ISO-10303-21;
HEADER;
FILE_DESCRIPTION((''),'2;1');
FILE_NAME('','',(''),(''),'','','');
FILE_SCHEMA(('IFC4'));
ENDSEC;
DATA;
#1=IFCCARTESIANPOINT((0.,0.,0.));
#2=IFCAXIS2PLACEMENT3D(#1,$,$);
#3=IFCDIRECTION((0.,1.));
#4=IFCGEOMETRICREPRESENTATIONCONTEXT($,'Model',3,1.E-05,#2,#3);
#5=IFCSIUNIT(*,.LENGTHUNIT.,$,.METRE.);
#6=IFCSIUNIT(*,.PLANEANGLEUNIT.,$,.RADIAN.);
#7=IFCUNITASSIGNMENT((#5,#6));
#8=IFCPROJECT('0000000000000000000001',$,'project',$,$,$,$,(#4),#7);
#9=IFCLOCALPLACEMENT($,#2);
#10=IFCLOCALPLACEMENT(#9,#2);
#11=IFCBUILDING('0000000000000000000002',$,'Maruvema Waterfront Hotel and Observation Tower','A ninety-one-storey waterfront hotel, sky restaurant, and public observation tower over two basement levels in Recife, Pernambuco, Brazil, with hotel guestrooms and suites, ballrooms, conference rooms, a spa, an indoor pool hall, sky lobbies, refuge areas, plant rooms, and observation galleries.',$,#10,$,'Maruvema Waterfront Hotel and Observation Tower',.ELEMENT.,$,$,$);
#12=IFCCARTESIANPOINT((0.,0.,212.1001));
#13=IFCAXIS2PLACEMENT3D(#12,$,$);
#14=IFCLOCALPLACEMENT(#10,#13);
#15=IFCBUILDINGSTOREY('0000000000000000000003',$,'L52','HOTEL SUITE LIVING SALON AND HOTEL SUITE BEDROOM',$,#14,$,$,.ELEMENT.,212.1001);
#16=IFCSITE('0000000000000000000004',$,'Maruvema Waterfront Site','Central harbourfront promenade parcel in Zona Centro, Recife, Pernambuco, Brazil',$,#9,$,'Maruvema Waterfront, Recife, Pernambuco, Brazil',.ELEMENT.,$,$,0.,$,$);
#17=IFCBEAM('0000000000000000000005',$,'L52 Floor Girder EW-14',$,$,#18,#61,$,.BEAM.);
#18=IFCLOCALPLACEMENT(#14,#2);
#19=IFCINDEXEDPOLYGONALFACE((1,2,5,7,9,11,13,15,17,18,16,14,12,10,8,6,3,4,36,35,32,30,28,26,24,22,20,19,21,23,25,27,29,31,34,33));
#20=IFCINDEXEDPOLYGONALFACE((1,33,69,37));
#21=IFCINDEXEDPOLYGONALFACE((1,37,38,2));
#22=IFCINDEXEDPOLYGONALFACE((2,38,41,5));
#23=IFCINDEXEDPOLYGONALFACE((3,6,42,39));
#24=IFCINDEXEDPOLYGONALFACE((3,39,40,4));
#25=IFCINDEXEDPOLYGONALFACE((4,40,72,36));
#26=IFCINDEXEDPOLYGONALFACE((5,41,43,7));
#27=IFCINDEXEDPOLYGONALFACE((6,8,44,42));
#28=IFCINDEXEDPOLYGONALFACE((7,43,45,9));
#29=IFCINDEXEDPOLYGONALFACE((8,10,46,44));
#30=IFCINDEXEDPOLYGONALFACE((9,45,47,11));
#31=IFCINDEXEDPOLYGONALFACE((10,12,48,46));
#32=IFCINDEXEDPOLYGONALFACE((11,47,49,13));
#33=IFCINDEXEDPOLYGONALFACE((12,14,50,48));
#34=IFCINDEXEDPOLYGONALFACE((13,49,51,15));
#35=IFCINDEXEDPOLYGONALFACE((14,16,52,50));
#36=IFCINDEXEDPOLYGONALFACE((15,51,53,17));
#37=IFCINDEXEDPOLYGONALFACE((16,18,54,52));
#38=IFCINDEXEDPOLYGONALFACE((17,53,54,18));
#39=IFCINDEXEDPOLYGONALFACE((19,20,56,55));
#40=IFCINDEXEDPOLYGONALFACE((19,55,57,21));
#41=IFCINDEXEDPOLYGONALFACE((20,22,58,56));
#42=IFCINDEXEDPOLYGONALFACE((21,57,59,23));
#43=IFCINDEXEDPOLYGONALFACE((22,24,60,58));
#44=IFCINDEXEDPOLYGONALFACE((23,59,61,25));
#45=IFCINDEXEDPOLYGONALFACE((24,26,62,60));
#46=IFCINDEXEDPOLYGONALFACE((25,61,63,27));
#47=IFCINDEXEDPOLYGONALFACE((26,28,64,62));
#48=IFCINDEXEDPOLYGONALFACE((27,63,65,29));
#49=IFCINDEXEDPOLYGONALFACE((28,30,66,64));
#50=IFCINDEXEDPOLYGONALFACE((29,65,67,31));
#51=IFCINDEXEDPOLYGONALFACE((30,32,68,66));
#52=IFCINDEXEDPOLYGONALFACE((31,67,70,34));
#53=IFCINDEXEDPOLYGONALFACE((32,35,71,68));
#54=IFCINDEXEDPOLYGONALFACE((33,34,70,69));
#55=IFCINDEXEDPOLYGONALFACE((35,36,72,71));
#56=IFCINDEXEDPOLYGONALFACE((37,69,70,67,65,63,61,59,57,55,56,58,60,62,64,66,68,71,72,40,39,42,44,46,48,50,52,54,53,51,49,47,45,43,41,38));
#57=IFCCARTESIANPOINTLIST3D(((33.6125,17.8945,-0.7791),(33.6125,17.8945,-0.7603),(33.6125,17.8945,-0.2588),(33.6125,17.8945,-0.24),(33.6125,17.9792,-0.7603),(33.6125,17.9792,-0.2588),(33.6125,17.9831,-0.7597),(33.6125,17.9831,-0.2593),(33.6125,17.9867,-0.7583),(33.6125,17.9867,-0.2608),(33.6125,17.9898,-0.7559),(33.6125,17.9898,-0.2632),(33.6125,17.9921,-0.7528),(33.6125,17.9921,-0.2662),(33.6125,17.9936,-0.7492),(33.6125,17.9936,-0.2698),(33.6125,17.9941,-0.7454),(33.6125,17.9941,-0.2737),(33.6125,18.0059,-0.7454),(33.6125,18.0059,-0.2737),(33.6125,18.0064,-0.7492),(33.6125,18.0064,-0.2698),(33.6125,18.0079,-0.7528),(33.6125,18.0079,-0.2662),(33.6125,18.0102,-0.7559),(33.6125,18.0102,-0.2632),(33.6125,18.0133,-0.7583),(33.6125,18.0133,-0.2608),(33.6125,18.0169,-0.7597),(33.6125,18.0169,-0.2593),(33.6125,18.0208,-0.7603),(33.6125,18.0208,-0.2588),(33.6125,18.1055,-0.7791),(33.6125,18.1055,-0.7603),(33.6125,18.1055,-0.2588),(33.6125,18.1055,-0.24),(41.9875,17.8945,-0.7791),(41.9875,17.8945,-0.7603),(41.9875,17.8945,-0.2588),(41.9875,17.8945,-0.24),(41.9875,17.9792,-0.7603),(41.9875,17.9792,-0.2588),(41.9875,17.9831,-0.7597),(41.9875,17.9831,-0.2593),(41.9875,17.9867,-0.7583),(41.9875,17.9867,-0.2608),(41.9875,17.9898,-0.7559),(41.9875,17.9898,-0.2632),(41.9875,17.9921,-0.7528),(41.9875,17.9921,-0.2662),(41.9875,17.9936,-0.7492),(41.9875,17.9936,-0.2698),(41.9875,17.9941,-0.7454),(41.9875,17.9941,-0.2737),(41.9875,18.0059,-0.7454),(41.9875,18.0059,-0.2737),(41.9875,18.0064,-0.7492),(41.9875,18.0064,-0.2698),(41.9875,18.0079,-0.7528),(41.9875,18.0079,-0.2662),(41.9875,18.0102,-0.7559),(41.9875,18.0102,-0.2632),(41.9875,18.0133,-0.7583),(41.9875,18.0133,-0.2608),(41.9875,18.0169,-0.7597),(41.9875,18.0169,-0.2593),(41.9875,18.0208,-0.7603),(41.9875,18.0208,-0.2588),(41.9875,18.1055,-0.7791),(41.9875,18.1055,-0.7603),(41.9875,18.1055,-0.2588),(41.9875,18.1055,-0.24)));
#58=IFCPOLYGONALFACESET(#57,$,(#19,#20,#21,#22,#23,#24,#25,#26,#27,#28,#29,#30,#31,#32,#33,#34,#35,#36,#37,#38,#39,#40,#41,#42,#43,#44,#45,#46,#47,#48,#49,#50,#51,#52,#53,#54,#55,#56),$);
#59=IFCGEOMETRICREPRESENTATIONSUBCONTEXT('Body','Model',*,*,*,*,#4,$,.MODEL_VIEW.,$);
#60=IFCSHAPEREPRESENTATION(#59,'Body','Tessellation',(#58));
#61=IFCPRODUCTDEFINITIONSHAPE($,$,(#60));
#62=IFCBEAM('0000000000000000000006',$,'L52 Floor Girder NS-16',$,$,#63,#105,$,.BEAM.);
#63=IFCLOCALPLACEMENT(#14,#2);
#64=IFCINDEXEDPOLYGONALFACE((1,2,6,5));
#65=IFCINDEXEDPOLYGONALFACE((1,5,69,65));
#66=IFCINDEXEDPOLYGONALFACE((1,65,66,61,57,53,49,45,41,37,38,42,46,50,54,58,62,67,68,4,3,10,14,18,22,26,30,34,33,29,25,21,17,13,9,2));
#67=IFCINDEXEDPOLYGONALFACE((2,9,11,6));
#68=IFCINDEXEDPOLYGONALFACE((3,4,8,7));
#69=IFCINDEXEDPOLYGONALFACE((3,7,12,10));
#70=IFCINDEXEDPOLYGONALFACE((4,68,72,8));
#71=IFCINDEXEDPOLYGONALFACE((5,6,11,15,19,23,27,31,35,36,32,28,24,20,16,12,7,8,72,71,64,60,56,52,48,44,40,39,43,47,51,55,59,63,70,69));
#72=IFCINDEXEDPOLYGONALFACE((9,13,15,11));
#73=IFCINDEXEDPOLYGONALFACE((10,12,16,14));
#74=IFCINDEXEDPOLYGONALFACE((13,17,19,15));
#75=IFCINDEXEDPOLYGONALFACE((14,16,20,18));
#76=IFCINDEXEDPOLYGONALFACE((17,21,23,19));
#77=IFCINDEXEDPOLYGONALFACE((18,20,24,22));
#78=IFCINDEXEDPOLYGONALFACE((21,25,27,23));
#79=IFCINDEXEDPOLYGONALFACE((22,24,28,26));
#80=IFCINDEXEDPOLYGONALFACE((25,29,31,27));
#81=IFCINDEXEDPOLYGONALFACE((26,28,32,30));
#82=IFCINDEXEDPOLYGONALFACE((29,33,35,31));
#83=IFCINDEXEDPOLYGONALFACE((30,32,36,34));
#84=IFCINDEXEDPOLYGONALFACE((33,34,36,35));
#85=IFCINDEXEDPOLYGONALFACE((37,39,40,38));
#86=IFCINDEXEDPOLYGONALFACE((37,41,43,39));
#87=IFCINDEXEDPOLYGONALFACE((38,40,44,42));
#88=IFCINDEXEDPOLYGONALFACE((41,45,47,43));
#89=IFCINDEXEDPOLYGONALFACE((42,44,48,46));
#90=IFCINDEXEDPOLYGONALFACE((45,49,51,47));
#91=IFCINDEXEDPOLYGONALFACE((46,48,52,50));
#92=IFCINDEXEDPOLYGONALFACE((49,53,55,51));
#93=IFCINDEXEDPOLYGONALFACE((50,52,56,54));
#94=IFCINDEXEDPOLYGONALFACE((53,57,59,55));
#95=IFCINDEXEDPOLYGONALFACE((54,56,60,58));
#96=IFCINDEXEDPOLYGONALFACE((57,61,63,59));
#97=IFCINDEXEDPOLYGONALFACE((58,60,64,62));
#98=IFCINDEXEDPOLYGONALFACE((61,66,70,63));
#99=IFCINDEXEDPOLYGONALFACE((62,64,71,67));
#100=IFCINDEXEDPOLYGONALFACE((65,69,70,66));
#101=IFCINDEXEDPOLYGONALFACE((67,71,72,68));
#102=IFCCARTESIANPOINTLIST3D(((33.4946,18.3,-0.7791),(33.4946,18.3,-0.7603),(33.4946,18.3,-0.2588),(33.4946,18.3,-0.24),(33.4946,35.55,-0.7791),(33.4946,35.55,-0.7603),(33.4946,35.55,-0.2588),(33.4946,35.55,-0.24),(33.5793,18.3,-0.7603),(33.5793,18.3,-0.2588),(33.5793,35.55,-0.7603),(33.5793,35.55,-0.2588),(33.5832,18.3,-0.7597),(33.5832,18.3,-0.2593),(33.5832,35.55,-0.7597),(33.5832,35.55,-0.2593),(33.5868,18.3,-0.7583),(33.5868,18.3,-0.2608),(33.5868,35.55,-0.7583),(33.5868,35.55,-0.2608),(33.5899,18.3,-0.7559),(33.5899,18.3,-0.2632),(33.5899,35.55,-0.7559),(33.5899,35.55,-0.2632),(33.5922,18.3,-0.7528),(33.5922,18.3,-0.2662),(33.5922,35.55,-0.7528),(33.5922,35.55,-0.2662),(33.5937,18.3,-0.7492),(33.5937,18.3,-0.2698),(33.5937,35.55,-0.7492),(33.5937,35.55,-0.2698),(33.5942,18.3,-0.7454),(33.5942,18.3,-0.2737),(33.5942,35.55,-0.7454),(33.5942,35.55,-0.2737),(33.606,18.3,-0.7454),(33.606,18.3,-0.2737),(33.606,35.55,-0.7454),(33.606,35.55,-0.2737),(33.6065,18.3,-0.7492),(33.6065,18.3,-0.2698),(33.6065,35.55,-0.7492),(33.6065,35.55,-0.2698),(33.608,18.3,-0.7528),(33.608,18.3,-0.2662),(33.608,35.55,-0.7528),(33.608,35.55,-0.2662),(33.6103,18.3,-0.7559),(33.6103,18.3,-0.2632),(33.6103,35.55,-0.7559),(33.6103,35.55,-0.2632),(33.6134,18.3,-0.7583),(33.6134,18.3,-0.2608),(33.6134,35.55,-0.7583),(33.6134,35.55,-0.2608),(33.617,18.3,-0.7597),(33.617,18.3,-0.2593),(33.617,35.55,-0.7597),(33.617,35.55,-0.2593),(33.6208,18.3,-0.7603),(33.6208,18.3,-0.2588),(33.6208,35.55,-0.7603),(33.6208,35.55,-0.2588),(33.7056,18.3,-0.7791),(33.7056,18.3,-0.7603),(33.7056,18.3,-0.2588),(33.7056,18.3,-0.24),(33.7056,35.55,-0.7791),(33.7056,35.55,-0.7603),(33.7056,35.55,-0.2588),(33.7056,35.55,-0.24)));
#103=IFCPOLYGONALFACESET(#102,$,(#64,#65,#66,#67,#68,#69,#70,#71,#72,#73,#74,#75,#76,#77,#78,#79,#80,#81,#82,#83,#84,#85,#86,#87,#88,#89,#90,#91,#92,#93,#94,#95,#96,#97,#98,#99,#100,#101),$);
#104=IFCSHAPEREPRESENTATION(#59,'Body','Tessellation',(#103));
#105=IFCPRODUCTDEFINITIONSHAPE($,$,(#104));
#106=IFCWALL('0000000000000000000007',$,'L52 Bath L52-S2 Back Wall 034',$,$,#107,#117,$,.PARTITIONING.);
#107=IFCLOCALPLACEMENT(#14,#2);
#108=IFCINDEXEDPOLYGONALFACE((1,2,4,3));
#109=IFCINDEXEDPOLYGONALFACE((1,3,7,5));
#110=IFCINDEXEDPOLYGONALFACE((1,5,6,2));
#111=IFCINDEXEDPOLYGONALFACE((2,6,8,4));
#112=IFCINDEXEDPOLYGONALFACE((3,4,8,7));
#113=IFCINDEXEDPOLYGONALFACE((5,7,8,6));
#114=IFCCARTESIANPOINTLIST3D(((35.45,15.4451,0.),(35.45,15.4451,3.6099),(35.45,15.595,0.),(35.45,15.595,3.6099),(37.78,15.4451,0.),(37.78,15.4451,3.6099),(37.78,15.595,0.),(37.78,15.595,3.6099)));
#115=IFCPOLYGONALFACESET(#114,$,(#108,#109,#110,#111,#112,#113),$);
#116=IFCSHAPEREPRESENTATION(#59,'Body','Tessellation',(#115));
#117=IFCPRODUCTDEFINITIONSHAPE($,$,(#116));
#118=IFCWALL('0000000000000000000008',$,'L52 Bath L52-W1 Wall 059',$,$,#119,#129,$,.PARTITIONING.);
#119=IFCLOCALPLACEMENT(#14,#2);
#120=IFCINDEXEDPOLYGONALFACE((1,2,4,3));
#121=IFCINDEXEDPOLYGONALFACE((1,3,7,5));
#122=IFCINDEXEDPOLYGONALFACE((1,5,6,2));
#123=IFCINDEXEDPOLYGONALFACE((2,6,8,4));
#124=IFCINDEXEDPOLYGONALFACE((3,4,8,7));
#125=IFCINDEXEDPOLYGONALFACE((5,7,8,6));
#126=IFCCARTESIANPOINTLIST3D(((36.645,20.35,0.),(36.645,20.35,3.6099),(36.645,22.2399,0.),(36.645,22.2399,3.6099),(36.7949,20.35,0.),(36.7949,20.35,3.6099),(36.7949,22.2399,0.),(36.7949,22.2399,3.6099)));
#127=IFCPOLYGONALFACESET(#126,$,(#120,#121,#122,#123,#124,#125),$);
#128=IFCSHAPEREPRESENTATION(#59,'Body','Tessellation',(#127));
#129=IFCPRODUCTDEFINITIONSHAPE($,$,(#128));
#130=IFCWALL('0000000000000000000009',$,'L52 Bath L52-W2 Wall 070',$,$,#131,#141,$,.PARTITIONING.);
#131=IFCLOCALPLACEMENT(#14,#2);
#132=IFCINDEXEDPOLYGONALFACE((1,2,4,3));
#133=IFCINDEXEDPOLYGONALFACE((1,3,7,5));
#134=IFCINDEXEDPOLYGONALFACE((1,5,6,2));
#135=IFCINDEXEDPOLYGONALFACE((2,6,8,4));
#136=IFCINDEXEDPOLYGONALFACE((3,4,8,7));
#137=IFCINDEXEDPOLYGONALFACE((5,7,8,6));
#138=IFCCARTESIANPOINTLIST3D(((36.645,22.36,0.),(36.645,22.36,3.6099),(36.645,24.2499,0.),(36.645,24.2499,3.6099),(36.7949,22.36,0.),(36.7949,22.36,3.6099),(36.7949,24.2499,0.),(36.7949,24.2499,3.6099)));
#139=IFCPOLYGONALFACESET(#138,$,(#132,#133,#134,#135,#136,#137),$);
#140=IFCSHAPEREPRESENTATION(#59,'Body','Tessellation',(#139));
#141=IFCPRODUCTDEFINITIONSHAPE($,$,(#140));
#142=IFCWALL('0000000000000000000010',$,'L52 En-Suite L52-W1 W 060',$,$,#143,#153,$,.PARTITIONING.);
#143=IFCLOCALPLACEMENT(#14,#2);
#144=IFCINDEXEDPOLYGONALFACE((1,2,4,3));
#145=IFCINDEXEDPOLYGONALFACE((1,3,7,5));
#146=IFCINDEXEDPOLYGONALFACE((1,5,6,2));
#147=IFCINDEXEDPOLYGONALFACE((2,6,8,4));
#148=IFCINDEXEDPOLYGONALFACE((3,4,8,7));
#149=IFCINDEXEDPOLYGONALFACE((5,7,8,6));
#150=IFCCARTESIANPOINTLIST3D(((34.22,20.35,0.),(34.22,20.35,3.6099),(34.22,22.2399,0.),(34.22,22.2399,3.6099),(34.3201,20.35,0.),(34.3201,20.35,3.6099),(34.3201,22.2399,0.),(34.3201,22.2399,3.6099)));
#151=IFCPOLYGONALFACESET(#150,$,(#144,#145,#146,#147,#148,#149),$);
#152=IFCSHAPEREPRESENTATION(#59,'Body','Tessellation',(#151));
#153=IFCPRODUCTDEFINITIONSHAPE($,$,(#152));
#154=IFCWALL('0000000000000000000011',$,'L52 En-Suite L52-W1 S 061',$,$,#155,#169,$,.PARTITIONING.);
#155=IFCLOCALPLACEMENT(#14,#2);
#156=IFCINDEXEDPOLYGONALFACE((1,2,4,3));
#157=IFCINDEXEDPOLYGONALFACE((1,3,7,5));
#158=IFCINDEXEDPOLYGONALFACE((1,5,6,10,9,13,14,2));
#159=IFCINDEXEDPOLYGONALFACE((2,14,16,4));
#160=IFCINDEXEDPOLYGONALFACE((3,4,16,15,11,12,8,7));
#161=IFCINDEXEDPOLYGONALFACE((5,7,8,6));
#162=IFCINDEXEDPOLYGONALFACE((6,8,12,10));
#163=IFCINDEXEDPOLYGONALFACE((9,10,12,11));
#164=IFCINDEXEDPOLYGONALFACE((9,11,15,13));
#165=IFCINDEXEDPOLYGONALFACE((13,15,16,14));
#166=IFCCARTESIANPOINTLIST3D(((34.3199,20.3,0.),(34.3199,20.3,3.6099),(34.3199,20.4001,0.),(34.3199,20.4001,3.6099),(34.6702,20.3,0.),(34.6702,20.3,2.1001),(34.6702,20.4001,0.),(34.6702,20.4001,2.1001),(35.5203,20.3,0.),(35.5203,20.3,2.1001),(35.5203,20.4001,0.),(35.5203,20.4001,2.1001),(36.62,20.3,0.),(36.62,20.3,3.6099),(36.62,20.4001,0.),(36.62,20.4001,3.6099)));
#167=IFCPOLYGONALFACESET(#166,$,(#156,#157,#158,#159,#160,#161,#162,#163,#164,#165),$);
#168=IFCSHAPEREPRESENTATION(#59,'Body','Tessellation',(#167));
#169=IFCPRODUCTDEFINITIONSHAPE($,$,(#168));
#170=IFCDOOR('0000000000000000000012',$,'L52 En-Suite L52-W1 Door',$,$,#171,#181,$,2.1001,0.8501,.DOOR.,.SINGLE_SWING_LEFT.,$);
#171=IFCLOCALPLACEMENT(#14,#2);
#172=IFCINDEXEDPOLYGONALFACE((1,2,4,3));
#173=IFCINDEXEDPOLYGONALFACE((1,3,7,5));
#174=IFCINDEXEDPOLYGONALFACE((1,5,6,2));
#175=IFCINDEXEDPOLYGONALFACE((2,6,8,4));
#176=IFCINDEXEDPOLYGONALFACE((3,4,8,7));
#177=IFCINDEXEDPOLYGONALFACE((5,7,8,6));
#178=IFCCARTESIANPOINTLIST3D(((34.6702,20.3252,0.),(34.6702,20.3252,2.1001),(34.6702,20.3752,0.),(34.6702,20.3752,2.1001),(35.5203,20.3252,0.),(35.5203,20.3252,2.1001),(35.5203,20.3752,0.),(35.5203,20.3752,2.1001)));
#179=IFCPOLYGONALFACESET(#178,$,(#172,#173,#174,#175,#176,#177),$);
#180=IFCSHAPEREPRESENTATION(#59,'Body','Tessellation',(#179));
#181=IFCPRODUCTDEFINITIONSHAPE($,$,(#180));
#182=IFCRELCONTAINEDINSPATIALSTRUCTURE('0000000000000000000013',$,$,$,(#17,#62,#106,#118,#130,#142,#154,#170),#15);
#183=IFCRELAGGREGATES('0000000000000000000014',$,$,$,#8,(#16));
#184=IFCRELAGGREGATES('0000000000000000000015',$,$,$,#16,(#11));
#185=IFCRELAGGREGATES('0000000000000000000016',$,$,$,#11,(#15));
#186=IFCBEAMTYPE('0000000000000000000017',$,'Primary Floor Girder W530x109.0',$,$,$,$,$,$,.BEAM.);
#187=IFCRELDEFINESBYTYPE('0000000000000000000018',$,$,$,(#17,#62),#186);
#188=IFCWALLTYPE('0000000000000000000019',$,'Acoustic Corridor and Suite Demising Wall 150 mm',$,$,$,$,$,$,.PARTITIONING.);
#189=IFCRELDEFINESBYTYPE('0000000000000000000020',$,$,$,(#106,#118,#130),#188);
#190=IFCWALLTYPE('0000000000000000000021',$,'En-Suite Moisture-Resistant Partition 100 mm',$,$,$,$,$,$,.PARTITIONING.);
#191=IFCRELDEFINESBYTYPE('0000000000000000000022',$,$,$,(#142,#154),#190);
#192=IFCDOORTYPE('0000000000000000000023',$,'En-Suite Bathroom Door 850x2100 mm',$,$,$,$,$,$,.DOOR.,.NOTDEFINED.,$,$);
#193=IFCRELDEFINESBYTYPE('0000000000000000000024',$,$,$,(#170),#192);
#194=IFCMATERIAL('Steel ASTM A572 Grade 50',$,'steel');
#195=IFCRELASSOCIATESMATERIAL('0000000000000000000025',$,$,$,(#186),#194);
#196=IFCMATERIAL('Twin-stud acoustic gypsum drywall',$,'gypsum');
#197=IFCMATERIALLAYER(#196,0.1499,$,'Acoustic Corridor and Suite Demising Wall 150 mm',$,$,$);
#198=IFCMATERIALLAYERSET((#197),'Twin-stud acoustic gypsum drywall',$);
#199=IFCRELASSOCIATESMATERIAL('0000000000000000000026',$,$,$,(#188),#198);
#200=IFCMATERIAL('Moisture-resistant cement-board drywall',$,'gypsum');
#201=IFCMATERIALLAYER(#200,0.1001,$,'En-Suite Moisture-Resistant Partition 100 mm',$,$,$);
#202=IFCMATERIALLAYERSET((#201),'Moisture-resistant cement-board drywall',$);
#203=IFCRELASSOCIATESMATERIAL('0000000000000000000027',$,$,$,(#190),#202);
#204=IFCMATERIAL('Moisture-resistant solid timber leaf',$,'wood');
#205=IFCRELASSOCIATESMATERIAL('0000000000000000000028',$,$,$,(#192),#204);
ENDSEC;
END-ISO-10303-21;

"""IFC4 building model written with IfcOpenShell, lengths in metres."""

from ifc_helpers import new_model, si_unit, direction, frame, frame_2d, origin, origin_2d, place, context, subcontext, project, spatial, rectangle, i_section, extrude, material, layer, layer_set, material_profile, profile_set, type_object, element, fill, save


model = new_model("IFC4")

# Units and contexts
model_context = context("Model", 3, precision=1e-05, world=origin(), true_north=direction((0.0, 1.0)))
body_context = subcontext(model_context, "Body", "Model", "MODEL_VIEW")
ifc_project = project(units=[si_unit("LENGTHUNIT", "METRE"), si_unit("PLANEANGLEUNIT", "RADIAN")], contexts=[model_context])

# Site, building, storey
site_placement = place(None, origin())
site = spatial("IfcSite", under=ifc_project, at=site_placement, Name="Maruvema Waterfront Site", Description="Central harbourfront promenade parcel in Zona Centro, Recife, Pernambuco, Brazil", LongName="Maruvema Waterfront, Recife, Pernambuco, Brazil", CompositionType="ELEMENT", RefElevation=0.0)
building_placement = place(site_placement, origin())
building = spatial("IfcBuilding", under=site, at=building_placement, Name="Maruvema Waterfront Hotel and Observation Tower", Description="A ninety-one-storey waterfront hotel, sky restaurant, and public observation tower over two basement levels in Recife, Pernambuco, Brazil, with hotel guestrooms and suites, ballrooms, conference rooms, a spa, an indoor pool hall, sky lobbies, refuge areas, plant rooms, and observation galleries.", LongName="Maruvema Waterfront Hotel and Observation Tower", CompositionType="ELEMENT")
storey_placement = place(building_placement, frame((0.0, 0.0, 212.1001)))
storey = spatial("IfcBuildingStorey", under=building, at=storey_placement, Name="L52", Description="HOTEL SUITE LIVING SALON AND HOTEL SUITE BEDROOM", CompositionType="ELEMENT", Elevation=212.1001)

# Beams
ifc_material_1 = material(Name="Steel ASTM A572 Grade 50", Category="steel")
ifc_material_profile = material_profile(ifc_material_1, i_section(OverallWidth=0.2109, OverallDepth=0.5391, WebThickness=0.0117, FlangeThickness=0.0188, FilletRadius=0.0149, at=origin_2d()), Name="W530x109.0")
ifc_profile_set = profile_set([ifc_material_profile], Name="Steel ASTM A572 Grade 50")
beam_type = type_object("IfcBeamType", Name="Primary Floor Girder W530x109.0", PredefinedType="BEAM", material=ifc_profile_set)
beam_1_placement = place(storey_placement, frame((33.6125, 18.0, -0.5095), z_axis=(1.0, 0.0, 0.0), x_axis=(0.0, 1.0, 0.0)))
element("IfcBeam", 1, at=beam_1_placement, inside=storey, type_object=beam_type, Name="L52 Floor Girder EW-14", PredefinedType="BEAM", context=body_context, shape_type="SweptSolid", body=[
    extrude(i_section(OverallWidth=0.2109, OverallDepth=0.5391, WebThickness=0.0117, FlangeThickness=0.0188, FilletRadius=0.0149, at=origin_2d()), origin(), (0.0, 0.0, 1.0), 8.375),
])
beam_2_placement = place(storey_placement, frame((33.6001, 18.3, -0.5095), z_axis=(0.0, 1.0, 0.0), x_axis=(-1.0, 0.0, 0.0)))
element("IfcBeam", 2, at=beam_2_placement, inside=storey, type_object=beam_type, Name="L52 Floor Girder NS-16", PredefinedType="BEAM", context=body_context, shape_type="SweptSolid", body=[
    extrude(i_section(OverallWidth=0.2109, OverallDepth=0.5391, WebThickness=0.0117, FlangeThickness=0.0188, FilletRadius=0.0149, at=origin_2d()), origin(), (0.0, 0.0, 1.0), 17.25),
])

# Wall
ifc_material_2 = material(Name="Twin-stud acoustic gypsum drywall", Category="gypsum")
ifc_layer_1 = layer(ifc_material_2, 0.1499, Name="Acoustic Corridor and Suite Demising Wall 150 mm")
ifc_layer_set_1 = layer_set([ifc_layer_1], Name="Twin-stud acoustic gypsum drywall")
wall_type_1 = type_object("IfcWallType", Name="Acoustic Corridor and Suite Demising Wall 150 mm", PredefinedType="PARTITIONING", material=ifc_layer_set_1)
wall_1_placement = place(storey_placement, frame((35.45, 15.52, 0.0), z_axis=(0.0, 0.0, 1.0), x_axis=(1.0, 0.0, 0.0)))
element("IfcWall", 3, at=wall_1_placement, inside=storey, type_object=wall_type_1, Name="L52 Bath L52-S2 Back Wall 034", PredefinedType="PARTITIONING", context=body_context, shape_type="SweptSolid", body=[
    extrude(rectangle(XDim=2.3301, YDim=0.1499, at=frame_2d((1.165, 0.0))), origin(), (0.0, 0.0, 1.0), 3.6099),
])

# Walls
for number, where, z_axis, x_axis, name in (
    (4, (36.72, 20.3501, 0.0), (0.0, 0.0, 1.0), (0.0, 1.0, 0.0), "L52 Bath L52-W1 Wall 059"),
    (5, (36.72, 22.3601, 0.0), (0.0, 0.0, 1.0), (0.0, 1.0, 0.0), "L52 Bath L52-W2 Wall 070"),
):
    element("IfcWall", number, at=place(storey_placement, frame(where, z_axis=z_axis, x_axis=x_axis)), inside=storey, type_object=wall_type_1, Name=name, PredefinedType="PARTITIONING", context=body_context, shape_type="SweptSolid", body=[
        extrude(rectangle(XDim=1.8899, YDim=0.1499, at=frame_2d((0.9448, 0.0))), origin(), (0.0, 0.0, 1.0), 3.6099),
    ])

# Wall
ifc_material_3 = material(Name="Moisture-resistant cement-board drywall", Category="gypsum")
ifc_layer_2 = layer(ifc_material_3, 0.1001, Name="En-Suite Moisture-Resistant Partition 100 mm")
ifc_layer_set_2 = layer_set([ifc_layer_2], Name="Moisture-resistant cement-board drywall")
wall_type_2 = type_object("IfcWallType", Name="En-Suite Moisture-Resistant Partition 100 mm", PredefinedType="PARTITIONING", material=ifc_layer_set_2)
wall_2_placement = place(storey_placement, frame((34.27, 20.3501, 0.0), z_axis=(0.0, 0.0, 1.0), x_axis=(0.0, 1.0, 0.0)))
element("IfcWall", 6, at=wall_2_placement, inside=storey, type_object=wall_type_2, Name="L52 En-Suite L52-W1 W 060", PredefinedType="PARTITIONING", context=body_context, shape_type="SweptSolid", body=[
    extrude(rectangle(XDim=1.8899, YDim=0.1001, at=frame_2d((0.9448, 0.0))), origin(), (0.0, 0.0, 1.0), 3.6099),
])

# Wall, opening, door
wall_3_placement = place(storey_placement, frame((34.3201, 20.3501, 0.0), z_axis=(0.0, 0.0, 1.0), x_axis=(1.0, 0.0, 0.0)))
wall_3 = element("IfcWall", 7, at=wall_3_placement, inside=storey, type_object=wall_type_2, Name="L52 En-Suite L52-W1 S 061", PredefinedType="PARTITIONING", context=body_context, shape_type="SweptSolid", body=[
    extrude(rectangle(XDim=2.3, YDim=0.1001, at=frame_2d((1.1499, 0.0))), origin(), (0.0, 0.0, 1.0), 3.6099),
])
opening_1_placement = place(wall_3_placement, frame((0.3501, 0.0, 0.0)))
opening_1 = element("IfcOpeningElement", 8, at=opening_1_placement, cuts=wall_3, PredefinedType="OPENING", context=body_context, shape_type="SweptSolid", body=[
    extrude(rectangle(XDim=0.8501, YDim=2.1001, at=frame_2d((0.425, 1.05))), frame((0.0, 0.0601, 0.0), z_axis=(0.0, -1.0, 0.0), x_axis=(1.0, 0.0, 0.0)), (0.0, 0.0, 1.0), 0.1201),
])
ifc_material_4 = material(Name="Moisture-resistant solid timber leaf", Category="wood")
door_type_1 = type_object("IfcDoorType", Name="En-Suite Bathroom Door 850x2100 mm", OperationType="NOTDEFINED", PredefinedType="DOOR", material=ifc_material_4)
door_1_placement = place(opening_1_placement, frame((0.8501, 0.0, 0.0), z_axis=(0.0, 0.0, 1.0), x_axis=(-1.0, 0.0, 0.0)))
door_1 = element("IfcDoor", 9, at=door_1_placement, inside=storey, type_object=door_type_1, Name="L52 En-Suite L52-W1 Door", OperationType="SINGLE_SWING_LEFT", OverallHeight=2.1001, OverallWidth=0.8501, PredefinedType="DOOR", context=body_context, shape_type="SweptSolid", body=[
    extrude(rectangle(XDim=0.8501, YDim=2.1001, at=frame_2d((0.425, 1.05))), frame((0.0, 0.0249, 0.0), z_axis=(0.0, -1.0, 0.0), x_axis=(1.0, 0.0, 0.0)), (0.0, 0.0, 1.0), 0.05),
])
fill(opening_1, door_1)

save(model, "model.ifc")
